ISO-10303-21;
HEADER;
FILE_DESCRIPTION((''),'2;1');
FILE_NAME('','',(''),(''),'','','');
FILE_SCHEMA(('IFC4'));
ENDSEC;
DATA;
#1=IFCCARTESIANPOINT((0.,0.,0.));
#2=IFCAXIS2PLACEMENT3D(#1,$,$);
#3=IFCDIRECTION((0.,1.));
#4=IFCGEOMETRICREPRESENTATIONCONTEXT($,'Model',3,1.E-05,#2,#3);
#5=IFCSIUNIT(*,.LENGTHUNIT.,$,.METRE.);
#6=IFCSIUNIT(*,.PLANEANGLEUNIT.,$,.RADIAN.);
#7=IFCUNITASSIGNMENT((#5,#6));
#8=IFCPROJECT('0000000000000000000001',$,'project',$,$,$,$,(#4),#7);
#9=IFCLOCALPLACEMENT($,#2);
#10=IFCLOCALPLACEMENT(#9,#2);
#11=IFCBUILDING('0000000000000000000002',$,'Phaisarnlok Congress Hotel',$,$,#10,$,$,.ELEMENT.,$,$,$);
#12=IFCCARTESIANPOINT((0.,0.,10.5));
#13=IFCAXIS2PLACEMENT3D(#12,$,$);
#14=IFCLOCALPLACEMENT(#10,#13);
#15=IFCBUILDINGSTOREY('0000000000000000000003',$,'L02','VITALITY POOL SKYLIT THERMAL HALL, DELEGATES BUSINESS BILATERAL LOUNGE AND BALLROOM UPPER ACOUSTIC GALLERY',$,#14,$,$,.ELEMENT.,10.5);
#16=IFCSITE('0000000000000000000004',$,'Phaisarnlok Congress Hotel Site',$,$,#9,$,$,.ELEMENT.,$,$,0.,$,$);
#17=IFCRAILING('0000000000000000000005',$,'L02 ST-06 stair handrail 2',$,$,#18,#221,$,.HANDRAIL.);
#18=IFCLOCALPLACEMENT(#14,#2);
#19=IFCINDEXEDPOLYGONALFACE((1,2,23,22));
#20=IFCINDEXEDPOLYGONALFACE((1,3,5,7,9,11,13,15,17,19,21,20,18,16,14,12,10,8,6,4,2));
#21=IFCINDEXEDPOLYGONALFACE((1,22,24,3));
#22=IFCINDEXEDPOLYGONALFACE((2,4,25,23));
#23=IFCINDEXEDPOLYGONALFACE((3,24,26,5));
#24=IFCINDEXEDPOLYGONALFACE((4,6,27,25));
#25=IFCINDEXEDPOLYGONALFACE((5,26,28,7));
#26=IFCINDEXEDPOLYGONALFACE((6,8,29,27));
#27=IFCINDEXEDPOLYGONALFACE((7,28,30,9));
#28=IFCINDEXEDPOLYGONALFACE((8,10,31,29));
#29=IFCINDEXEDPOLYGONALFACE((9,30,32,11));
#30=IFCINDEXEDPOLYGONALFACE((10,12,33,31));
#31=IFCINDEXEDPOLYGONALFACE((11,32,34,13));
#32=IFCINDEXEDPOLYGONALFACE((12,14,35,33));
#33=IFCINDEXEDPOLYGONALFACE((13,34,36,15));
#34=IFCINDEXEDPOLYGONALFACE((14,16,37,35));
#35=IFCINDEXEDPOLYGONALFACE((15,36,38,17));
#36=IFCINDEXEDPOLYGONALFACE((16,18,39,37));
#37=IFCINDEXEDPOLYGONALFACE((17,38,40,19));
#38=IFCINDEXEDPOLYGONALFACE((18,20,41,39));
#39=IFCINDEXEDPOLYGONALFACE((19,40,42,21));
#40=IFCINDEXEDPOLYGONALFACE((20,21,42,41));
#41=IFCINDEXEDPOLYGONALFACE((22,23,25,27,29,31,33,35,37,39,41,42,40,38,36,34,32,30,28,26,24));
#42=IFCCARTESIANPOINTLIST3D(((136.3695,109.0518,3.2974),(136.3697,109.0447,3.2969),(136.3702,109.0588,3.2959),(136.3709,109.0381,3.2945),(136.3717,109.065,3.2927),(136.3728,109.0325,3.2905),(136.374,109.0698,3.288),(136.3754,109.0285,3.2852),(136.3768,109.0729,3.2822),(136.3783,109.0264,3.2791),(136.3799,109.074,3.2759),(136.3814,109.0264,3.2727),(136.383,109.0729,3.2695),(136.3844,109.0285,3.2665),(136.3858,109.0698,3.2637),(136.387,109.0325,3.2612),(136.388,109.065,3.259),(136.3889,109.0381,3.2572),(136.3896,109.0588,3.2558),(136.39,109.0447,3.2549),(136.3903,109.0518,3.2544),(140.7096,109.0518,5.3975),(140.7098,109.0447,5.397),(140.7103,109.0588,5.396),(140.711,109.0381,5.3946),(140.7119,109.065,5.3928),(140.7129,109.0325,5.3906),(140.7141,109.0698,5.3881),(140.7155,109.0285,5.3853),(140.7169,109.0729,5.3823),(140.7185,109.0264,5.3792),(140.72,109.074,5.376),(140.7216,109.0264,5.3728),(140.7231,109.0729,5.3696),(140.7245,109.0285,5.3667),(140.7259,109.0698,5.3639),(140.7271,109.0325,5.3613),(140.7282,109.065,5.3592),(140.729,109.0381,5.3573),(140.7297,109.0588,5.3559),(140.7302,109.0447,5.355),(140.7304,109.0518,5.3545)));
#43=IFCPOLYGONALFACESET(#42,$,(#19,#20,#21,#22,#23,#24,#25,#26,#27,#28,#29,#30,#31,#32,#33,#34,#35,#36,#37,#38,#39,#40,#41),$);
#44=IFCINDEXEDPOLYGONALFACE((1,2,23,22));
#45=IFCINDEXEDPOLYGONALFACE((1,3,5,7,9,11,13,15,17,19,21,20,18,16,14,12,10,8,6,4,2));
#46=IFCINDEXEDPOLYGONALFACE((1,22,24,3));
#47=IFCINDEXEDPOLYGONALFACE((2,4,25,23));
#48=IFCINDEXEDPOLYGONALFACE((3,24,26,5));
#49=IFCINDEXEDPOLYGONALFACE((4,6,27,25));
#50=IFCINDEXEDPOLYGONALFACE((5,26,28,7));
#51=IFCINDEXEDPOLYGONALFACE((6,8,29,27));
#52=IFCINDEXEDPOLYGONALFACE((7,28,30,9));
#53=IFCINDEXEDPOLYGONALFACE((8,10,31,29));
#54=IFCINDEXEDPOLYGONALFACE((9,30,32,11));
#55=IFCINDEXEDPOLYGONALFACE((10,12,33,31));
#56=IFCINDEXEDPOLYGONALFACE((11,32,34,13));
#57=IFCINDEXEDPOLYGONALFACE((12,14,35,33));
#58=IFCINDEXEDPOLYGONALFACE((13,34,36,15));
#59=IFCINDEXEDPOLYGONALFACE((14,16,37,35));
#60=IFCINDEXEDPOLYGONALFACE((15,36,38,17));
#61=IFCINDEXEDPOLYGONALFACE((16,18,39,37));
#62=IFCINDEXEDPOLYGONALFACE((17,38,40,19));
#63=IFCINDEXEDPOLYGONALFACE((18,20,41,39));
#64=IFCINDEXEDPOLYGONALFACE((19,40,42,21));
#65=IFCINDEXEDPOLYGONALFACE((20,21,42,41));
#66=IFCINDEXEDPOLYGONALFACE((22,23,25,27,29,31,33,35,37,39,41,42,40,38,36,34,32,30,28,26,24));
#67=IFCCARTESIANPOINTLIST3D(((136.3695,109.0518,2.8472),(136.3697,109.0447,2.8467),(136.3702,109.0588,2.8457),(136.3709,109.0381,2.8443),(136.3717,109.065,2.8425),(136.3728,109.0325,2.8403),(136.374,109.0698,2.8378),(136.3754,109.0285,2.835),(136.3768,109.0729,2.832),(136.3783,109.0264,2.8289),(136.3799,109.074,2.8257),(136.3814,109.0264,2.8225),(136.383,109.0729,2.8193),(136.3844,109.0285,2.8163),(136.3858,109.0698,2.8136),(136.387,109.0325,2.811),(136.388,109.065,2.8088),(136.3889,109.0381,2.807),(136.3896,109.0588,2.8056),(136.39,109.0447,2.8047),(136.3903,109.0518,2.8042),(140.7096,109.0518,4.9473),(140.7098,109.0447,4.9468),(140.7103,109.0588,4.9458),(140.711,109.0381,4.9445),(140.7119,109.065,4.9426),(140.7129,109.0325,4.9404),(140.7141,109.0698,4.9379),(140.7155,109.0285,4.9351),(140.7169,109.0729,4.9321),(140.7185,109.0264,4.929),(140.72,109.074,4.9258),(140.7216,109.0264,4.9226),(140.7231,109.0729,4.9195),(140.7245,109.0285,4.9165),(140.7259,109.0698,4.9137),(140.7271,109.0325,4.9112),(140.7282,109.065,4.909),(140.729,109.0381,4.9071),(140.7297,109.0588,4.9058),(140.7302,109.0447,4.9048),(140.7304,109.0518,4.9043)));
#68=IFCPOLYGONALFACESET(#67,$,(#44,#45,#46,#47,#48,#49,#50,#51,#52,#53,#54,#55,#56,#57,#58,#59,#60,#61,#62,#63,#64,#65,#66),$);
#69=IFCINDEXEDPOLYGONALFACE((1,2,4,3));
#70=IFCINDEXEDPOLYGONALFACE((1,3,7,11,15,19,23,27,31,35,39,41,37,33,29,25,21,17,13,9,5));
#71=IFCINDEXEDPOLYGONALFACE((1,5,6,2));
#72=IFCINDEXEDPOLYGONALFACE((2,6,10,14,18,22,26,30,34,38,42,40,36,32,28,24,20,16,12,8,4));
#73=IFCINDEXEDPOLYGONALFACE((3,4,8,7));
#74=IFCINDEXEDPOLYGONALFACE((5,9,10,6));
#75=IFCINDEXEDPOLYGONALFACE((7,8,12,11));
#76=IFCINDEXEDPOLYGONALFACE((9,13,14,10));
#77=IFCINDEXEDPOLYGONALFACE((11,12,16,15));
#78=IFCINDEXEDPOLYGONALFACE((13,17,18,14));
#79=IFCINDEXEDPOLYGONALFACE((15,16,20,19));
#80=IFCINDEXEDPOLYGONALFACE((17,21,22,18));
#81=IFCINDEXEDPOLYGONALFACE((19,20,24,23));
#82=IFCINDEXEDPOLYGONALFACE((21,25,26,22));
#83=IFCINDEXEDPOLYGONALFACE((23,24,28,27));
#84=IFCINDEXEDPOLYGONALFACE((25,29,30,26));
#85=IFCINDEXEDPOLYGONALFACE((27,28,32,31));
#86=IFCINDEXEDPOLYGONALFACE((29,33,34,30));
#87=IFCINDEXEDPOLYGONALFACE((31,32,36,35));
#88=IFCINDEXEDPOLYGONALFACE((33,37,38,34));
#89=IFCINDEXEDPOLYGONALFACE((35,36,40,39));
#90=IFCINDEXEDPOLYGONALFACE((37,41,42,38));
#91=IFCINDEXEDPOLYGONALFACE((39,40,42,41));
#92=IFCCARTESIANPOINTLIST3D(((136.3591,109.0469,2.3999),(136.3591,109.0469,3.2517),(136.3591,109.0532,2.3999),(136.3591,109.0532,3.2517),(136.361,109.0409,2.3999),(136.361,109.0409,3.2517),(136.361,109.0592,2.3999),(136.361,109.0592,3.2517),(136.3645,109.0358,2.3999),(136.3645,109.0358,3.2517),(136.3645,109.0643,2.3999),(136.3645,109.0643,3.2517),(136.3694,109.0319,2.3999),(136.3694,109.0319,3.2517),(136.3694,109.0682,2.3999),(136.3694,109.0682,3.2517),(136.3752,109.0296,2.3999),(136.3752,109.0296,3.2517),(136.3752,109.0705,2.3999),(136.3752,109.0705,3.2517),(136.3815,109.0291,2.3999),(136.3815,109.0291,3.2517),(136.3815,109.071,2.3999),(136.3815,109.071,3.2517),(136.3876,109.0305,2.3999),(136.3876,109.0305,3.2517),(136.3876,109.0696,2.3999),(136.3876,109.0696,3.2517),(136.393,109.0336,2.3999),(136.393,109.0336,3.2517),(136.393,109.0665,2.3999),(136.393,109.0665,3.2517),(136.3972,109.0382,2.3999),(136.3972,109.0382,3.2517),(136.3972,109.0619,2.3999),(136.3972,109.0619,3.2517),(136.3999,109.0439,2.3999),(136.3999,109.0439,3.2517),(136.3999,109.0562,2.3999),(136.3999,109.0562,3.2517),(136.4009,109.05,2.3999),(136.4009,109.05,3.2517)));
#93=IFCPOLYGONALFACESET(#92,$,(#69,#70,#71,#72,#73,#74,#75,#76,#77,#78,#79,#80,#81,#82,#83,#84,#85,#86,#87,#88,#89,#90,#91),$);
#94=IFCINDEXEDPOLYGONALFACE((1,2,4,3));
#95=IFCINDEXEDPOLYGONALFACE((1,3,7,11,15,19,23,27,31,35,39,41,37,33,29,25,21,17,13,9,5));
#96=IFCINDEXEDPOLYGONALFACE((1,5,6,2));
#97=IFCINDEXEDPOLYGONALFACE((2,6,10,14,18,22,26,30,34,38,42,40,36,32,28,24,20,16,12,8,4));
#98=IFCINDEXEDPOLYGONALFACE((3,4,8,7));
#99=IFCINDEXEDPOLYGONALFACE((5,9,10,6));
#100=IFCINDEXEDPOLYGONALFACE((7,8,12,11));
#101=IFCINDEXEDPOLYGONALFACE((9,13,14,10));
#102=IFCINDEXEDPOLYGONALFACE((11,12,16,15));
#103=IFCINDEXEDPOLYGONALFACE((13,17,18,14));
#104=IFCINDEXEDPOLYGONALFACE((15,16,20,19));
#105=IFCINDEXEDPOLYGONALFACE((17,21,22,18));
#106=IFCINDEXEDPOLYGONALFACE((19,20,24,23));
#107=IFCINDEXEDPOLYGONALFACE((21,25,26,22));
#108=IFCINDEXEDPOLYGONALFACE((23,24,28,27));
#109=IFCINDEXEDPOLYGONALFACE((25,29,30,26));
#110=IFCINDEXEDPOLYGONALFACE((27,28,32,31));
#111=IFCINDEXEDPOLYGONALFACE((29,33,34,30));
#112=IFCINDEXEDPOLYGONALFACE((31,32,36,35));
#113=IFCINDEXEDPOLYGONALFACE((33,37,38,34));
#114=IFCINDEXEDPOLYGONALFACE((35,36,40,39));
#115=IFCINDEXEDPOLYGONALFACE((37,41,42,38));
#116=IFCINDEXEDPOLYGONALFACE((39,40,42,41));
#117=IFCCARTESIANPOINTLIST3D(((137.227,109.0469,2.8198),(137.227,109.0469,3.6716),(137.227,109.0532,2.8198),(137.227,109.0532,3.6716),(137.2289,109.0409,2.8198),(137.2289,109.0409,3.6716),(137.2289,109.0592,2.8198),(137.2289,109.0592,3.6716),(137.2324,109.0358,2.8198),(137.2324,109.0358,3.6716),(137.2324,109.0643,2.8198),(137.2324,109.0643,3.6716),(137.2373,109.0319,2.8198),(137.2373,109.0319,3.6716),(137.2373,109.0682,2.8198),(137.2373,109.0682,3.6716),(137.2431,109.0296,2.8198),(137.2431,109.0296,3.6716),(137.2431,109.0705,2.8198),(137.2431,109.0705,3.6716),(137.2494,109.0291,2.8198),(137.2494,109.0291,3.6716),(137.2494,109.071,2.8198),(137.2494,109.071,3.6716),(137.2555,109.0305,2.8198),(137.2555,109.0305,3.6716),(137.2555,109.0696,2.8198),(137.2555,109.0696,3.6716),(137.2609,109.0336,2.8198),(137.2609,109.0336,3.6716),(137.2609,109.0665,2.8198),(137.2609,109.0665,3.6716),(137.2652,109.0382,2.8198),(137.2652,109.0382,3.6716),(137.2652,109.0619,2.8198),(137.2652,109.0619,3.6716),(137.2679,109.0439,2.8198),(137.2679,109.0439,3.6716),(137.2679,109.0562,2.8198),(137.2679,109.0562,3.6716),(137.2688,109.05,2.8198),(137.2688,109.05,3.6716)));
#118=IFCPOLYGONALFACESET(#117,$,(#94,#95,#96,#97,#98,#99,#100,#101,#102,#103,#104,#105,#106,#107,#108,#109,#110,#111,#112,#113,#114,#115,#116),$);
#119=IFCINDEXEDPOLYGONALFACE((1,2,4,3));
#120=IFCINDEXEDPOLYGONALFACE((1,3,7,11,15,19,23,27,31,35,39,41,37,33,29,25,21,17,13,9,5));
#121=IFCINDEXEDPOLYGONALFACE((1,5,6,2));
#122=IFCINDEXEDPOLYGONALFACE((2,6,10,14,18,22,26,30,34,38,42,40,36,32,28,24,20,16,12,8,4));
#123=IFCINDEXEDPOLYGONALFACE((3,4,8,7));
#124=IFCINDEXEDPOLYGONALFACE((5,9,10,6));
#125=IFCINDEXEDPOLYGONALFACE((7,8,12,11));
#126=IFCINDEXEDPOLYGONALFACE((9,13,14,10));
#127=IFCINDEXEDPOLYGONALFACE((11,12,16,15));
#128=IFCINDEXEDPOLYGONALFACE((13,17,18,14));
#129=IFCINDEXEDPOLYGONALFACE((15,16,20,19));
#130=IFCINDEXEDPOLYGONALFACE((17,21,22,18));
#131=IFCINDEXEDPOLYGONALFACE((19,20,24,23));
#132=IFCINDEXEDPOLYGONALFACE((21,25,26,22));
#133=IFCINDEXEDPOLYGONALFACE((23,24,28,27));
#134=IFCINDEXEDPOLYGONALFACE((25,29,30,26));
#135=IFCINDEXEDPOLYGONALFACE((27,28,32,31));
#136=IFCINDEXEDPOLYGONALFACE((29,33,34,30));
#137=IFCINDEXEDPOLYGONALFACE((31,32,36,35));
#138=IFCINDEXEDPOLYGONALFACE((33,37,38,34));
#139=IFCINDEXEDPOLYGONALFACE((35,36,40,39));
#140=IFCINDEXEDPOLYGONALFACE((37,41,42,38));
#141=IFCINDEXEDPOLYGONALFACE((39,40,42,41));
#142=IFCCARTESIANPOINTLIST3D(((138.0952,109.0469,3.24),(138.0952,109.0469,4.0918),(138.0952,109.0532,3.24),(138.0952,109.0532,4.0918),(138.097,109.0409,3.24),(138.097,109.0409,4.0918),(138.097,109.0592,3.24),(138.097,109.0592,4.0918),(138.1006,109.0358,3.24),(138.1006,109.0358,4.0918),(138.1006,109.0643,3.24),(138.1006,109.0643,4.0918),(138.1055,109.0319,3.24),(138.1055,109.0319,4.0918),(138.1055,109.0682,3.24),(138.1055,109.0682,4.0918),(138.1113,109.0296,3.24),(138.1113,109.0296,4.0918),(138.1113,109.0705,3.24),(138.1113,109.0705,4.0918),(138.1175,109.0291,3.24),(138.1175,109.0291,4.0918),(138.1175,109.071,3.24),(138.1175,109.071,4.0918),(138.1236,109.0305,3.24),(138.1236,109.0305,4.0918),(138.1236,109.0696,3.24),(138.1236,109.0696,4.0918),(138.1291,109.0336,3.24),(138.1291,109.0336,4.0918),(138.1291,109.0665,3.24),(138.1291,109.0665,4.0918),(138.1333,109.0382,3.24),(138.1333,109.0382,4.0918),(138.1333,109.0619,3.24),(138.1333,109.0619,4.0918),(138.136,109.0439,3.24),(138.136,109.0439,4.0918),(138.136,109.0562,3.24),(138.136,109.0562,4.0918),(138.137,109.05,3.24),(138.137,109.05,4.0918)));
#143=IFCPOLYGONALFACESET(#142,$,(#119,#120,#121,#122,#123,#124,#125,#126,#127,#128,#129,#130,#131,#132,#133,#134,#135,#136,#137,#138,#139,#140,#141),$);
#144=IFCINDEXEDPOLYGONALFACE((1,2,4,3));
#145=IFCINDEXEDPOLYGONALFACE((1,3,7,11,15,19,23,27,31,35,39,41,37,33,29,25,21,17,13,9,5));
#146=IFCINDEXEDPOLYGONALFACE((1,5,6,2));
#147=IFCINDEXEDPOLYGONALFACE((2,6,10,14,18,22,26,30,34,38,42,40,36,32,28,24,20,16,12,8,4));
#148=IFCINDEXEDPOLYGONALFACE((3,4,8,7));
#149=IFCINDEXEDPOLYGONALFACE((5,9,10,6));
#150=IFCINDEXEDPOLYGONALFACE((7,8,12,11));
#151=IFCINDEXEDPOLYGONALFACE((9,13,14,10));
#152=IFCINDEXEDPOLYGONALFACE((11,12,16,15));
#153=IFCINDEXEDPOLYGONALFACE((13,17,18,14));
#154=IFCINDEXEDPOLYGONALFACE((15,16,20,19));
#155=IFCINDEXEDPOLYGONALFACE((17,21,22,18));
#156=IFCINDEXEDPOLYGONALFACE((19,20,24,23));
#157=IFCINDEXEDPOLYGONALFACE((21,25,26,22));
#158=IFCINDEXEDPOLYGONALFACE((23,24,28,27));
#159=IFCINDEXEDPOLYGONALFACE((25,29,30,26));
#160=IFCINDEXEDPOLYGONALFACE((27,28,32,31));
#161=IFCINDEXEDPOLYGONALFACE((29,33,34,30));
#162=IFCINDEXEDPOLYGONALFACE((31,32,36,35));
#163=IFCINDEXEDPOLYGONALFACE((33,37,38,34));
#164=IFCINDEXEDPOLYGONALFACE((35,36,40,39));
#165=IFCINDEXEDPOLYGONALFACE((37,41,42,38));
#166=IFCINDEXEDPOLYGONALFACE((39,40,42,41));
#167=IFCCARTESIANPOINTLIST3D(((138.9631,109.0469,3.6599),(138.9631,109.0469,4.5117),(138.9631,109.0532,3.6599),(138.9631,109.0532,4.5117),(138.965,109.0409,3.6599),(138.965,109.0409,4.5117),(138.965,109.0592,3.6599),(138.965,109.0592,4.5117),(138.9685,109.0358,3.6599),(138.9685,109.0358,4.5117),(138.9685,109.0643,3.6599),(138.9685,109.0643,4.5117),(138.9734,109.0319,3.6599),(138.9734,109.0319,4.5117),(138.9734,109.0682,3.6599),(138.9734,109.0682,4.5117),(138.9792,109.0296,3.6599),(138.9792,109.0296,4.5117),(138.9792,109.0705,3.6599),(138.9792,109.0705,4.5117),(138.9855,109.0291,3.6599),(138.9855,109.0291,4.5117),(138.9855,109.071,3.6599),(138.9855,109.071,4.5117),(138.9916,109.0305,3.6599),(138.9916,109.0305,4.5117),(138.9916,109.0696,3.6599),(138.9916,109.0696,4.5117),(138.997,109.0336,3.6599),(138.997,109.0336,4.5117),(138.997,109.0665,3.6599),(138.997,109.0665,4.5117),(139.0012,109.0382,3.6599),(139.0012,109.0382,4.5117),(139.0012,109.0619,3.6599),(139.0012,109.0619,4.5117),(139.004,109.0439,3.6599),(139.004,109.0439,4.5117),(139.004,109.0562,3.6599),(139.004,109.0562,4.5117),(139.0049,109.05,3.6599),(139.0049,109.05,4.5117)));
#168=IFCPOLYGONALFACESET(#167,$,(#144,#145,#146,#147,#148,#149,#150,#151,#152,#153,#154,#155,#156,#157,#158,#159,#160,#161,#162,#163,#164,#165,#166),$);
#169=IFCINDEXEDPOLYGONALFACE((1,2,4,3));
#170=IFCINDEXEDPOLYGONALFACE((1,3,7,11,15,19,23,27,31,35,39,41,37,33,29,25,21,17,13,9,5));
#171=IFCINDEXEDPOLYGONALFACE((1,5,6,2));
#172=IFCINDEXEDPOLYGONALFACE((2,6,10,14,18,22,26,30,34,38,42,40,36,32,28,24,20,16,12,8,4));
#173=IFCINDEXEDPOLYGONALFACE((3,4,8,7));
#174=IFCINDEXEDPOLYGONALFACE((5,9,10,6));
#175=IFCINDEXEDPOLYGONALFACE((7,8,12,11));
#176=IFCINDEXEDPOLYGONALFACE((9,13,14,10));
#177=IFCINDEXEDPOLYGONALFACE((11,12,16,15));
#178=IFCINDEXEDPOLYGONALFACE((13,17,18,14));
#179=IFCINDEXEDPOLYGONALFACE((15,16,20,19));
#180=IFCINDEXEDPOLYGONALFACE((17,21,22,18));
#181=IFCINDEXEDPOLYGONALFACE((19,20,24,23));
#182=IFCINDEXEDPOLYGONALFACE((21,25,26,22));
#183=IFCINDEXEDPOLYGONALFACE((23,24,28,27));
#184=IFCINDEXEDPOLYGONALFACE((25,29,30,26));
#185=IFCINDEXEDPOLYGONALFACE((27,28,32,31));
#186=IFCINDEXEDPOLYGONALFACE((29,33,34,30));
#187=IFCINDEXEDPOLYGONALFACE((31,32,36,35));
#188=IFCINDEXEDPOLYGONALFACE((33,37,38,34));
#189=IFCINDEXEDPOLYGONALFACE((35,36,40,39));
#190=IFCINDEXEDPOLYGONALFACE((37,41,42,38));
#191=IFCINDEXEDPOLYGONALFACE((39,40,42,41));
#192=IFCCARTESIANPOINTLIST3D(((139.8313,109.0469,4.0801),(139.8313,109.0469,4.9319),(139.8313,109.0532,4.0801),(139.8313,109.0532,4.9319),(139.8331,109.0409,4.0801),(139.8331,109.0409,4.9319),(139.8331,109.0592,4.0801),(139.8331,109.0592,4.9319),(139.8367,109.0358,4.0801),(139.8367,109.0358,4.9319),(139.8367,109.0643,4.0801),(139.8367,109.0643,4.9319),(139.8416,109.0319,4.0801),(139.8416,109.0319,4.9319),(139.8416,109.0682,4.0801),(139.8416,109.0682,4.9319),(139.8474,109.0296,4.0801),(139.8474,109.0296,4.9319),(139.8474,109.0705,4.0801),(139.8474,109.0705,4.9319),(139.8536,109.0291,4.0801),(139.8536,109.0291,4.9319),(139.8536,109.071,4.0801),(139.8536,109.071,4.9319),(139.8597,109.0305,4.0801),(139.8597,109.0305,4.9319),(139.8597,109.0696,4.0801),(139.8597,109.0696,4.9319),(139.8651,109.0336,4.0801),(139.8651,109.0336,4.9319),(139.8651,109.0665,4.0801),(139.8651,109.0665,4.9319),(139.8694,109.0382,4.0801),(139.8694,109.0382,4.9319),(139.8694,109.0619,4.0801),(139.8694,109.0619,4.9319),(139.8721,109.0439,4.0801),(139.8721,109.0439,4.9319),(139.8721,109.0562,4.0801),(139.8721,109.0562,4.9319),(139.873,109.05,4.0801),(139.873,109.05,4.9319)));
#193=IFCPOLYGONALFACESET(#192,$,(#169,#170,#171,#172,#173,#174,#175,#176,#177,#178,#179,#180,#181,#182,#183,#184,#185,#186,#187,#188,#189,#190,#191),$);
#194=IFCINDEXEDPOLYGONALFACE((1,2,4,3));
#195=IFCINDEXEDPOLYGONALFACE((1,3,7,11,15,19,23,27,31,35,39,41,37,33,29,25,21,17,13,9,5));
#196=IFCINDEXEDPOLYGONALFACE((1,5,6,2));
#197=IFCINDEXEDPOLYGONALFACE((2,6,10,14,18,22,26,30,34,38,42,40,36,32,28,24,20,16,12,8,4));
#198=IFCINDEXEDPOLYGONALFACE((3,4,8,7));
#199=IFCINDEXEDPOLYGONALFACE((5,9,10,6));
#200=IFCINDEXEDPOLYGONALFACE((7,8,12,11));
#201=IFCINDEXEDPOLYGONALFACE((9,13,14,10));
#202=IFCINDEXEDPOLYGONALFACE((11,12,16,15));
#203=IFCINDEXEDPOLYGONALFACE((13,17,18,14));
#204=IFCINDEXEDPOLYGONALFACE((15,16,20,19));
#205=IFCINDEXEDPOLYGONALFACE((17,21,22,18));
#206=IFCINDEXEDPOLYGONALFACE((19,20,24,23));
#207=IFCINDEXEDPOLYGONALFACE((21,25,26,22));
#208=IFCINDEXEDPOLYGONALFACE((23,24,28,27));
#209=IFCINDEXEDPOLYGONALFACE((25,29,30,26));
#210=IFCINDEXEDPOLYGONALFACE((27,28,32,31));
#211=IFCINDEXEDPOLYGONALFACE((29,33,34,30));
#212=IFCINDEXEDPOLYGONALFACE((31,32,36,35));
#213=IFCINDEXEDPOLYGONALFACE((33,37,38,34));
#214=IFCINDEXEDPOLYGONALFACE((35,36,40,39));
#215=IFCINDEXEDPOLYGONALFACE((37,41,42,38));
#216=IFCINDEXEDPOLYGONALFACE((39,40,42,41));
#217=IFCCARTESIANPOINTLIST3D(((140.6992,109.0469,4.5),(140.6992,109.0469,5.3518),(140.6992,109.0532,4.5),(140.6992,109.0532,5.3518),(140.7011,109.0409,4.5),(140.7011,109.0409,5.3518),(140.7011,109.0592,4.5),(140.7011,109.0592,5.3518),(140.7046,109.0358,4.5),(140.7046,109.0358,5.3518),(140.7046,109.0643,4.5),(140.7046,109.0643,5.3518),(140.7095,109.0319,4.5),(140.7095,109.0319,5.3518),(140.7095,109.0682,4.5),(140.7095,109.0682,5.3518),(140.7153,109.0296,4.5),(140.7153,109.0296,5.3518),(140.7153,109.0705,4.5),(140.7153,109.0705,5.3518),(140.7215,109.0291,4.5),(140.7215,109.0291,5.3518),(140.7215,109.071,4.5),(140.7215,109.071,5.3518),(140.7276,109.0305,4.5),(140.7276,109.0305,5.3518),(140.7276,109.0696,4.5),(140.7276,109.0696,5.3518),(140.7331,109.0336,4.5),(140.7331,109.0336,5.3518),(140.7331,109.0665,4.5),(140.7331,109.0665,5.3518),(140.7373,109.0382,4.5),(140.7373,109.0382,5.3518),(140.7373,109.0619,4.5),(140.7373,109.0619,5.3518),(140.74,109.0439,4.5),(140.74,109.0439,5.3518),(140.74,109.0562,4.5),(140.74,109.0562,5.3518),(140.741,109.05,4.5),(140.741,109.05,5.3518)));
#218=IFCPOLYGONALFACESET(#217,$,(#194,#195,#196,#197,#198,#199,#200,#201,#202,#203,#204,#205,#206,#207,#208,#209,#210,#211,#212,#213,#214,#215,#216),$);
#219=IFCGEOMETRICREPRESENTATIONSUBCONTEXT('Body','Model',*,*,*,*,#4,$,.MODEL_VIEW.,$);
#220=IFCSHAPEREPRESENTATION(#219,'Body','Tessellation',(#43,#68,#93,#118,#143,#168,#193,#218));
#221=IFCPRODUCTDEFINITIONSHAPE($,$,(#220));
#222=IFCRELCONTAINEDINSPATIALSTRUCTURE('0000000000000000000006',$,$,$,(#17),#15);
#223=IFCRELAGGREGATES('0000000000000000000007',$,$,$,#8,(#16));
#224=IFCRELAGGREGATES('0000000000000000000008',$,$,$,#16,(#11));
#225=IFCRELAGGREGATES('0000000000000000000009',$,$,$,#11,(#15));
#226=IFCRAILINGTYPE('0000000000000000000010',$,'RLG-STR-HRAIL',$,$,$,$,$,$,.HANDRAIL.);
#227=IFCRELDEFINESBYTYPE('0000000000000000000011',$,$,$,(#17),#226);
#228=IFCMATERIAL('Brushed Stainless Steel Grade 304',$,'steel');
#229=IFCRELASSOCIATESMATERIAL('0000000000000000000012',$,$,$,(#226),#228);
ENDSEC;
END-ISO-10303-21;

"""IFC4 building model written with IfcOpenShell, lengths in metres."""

from ifc_helpers import new_model, si_unit, direction, frame, origin, origin_2d, place, context, subcontext, project, spatial, circle, extrude, material, type_object, element, save


model = new_model("IFC4")

# Units and contexts
model_context = context("Model", 3, precision=1e-05, world=origin(), true_north=direction((0.0, 1.0)))
body_context = subcontext(model_context, "Body", "Model", "MODEL_VIEW")
ifc_project = project(units=[si_unit("LENGTHUNIT", "METRE"), si_unit("PLANEANGLEUNIT", "RADIAN")], contexts=[model_context])

# Site, building, storey
site_placement = place(None, origin())
site = spatial("IfcSite", under=ifc_project, at=site_placement, Name="Phaisarnlok Congress Hotel Site", CompositionType="ELEMENT", RefElevation=0.0)
building_placement = place(site_placement, origin())
building = spatial("IfcBuilding", under=site, at=building_placement, Name="Phaisarnlok Congress Hotel", CompositionType="ELEMENT")
storey_placement = place(building_placement, frame((0.0, 0.0, 10.5)))
storey = spatial("IfcBuildingStorey", under=building, at=storey_placement, Name="L02", Description="VITALITY POOL SKYLIT THERMAL HALL, DELEGATES BUSINESS BILATERAL LOUNGE AND BALLROOM UPPER ACOUSTIC GALLERY", CompositionType="ELEMENT", Elevation=10.5)

# Railing
ifc_material_1 = material(Name="Brushed Stainless Steel Grade 304", Category="steel")
railing_type_1 = type_object("IfcRailingType", Name="RLG-STR-HRAIL", PredefinedType="HANDRAIL", material=ifc_material_1)
railing_1_placement = place(storey_placement, frame((136.3799, 109.05, 2.3999)))
element("IfcRailing", 1, at=railing_1_placement, inside=storey, type_object=railing_type_1, Name="L02 ST-06 stair handrail 2", PredefinedType="HANDRAIL", context=body_context, shape_type="SweptSolid", body=[
    extrude(circle(Radius=0.0239, at=origin_2d()), frame((0.0, 0.0, 0.876), z_axis=(0.900155, 0.0, 0.43557), x_axis=(0.0, 1.0, 0.0)), (0.0, 0.0, 1.0), 4.8215),
    extrude(circle(Radius=0.0239, at=origin_2d()), frame((0.0, 0.0, 0.4258), z_axis=(0.900155, 0.0, 0.43557), x_axis=(0.0, 1.0, 0.0)), (0.0, 0.0, 1.0), 4.8215),
    extrude(circle(Radius=0.021, at=origin_2d()), origin(), (0.0, 0.0, 1.0), 0.8518),
    extrude(circle(Radius=0.021, at=origin_2d()), frame((0.8679, 0.0, 0.4199)), (0.0, 0.0, 1.0), 0.8518),
    extrude(circle(Radius=0.021, at=origin_2d()), frame((1.7361, 0.0, 0.8401)), (0.0, 0.0, 1.0), 0.8518),
    extrude(circle(Radius=0.021, at=origin_2d()), frame((2.604, 0.0, 1.26)), (0.0, 0.0, 1.0), 0.8518),
    extrude(circle(Radius=0.021, at=origin_2d()), frame((3.4722, 0.0, 1.6802)), (0.0, 0.0, 1.0), 0.8518),
    extrude(circle(Radius=0.021, at=origin_2d()), frame((4.3401, 0.0, 2.1001)), (0.0, 0.0, 1.0), 0.8518),
])

save(model, "model.ifc")
